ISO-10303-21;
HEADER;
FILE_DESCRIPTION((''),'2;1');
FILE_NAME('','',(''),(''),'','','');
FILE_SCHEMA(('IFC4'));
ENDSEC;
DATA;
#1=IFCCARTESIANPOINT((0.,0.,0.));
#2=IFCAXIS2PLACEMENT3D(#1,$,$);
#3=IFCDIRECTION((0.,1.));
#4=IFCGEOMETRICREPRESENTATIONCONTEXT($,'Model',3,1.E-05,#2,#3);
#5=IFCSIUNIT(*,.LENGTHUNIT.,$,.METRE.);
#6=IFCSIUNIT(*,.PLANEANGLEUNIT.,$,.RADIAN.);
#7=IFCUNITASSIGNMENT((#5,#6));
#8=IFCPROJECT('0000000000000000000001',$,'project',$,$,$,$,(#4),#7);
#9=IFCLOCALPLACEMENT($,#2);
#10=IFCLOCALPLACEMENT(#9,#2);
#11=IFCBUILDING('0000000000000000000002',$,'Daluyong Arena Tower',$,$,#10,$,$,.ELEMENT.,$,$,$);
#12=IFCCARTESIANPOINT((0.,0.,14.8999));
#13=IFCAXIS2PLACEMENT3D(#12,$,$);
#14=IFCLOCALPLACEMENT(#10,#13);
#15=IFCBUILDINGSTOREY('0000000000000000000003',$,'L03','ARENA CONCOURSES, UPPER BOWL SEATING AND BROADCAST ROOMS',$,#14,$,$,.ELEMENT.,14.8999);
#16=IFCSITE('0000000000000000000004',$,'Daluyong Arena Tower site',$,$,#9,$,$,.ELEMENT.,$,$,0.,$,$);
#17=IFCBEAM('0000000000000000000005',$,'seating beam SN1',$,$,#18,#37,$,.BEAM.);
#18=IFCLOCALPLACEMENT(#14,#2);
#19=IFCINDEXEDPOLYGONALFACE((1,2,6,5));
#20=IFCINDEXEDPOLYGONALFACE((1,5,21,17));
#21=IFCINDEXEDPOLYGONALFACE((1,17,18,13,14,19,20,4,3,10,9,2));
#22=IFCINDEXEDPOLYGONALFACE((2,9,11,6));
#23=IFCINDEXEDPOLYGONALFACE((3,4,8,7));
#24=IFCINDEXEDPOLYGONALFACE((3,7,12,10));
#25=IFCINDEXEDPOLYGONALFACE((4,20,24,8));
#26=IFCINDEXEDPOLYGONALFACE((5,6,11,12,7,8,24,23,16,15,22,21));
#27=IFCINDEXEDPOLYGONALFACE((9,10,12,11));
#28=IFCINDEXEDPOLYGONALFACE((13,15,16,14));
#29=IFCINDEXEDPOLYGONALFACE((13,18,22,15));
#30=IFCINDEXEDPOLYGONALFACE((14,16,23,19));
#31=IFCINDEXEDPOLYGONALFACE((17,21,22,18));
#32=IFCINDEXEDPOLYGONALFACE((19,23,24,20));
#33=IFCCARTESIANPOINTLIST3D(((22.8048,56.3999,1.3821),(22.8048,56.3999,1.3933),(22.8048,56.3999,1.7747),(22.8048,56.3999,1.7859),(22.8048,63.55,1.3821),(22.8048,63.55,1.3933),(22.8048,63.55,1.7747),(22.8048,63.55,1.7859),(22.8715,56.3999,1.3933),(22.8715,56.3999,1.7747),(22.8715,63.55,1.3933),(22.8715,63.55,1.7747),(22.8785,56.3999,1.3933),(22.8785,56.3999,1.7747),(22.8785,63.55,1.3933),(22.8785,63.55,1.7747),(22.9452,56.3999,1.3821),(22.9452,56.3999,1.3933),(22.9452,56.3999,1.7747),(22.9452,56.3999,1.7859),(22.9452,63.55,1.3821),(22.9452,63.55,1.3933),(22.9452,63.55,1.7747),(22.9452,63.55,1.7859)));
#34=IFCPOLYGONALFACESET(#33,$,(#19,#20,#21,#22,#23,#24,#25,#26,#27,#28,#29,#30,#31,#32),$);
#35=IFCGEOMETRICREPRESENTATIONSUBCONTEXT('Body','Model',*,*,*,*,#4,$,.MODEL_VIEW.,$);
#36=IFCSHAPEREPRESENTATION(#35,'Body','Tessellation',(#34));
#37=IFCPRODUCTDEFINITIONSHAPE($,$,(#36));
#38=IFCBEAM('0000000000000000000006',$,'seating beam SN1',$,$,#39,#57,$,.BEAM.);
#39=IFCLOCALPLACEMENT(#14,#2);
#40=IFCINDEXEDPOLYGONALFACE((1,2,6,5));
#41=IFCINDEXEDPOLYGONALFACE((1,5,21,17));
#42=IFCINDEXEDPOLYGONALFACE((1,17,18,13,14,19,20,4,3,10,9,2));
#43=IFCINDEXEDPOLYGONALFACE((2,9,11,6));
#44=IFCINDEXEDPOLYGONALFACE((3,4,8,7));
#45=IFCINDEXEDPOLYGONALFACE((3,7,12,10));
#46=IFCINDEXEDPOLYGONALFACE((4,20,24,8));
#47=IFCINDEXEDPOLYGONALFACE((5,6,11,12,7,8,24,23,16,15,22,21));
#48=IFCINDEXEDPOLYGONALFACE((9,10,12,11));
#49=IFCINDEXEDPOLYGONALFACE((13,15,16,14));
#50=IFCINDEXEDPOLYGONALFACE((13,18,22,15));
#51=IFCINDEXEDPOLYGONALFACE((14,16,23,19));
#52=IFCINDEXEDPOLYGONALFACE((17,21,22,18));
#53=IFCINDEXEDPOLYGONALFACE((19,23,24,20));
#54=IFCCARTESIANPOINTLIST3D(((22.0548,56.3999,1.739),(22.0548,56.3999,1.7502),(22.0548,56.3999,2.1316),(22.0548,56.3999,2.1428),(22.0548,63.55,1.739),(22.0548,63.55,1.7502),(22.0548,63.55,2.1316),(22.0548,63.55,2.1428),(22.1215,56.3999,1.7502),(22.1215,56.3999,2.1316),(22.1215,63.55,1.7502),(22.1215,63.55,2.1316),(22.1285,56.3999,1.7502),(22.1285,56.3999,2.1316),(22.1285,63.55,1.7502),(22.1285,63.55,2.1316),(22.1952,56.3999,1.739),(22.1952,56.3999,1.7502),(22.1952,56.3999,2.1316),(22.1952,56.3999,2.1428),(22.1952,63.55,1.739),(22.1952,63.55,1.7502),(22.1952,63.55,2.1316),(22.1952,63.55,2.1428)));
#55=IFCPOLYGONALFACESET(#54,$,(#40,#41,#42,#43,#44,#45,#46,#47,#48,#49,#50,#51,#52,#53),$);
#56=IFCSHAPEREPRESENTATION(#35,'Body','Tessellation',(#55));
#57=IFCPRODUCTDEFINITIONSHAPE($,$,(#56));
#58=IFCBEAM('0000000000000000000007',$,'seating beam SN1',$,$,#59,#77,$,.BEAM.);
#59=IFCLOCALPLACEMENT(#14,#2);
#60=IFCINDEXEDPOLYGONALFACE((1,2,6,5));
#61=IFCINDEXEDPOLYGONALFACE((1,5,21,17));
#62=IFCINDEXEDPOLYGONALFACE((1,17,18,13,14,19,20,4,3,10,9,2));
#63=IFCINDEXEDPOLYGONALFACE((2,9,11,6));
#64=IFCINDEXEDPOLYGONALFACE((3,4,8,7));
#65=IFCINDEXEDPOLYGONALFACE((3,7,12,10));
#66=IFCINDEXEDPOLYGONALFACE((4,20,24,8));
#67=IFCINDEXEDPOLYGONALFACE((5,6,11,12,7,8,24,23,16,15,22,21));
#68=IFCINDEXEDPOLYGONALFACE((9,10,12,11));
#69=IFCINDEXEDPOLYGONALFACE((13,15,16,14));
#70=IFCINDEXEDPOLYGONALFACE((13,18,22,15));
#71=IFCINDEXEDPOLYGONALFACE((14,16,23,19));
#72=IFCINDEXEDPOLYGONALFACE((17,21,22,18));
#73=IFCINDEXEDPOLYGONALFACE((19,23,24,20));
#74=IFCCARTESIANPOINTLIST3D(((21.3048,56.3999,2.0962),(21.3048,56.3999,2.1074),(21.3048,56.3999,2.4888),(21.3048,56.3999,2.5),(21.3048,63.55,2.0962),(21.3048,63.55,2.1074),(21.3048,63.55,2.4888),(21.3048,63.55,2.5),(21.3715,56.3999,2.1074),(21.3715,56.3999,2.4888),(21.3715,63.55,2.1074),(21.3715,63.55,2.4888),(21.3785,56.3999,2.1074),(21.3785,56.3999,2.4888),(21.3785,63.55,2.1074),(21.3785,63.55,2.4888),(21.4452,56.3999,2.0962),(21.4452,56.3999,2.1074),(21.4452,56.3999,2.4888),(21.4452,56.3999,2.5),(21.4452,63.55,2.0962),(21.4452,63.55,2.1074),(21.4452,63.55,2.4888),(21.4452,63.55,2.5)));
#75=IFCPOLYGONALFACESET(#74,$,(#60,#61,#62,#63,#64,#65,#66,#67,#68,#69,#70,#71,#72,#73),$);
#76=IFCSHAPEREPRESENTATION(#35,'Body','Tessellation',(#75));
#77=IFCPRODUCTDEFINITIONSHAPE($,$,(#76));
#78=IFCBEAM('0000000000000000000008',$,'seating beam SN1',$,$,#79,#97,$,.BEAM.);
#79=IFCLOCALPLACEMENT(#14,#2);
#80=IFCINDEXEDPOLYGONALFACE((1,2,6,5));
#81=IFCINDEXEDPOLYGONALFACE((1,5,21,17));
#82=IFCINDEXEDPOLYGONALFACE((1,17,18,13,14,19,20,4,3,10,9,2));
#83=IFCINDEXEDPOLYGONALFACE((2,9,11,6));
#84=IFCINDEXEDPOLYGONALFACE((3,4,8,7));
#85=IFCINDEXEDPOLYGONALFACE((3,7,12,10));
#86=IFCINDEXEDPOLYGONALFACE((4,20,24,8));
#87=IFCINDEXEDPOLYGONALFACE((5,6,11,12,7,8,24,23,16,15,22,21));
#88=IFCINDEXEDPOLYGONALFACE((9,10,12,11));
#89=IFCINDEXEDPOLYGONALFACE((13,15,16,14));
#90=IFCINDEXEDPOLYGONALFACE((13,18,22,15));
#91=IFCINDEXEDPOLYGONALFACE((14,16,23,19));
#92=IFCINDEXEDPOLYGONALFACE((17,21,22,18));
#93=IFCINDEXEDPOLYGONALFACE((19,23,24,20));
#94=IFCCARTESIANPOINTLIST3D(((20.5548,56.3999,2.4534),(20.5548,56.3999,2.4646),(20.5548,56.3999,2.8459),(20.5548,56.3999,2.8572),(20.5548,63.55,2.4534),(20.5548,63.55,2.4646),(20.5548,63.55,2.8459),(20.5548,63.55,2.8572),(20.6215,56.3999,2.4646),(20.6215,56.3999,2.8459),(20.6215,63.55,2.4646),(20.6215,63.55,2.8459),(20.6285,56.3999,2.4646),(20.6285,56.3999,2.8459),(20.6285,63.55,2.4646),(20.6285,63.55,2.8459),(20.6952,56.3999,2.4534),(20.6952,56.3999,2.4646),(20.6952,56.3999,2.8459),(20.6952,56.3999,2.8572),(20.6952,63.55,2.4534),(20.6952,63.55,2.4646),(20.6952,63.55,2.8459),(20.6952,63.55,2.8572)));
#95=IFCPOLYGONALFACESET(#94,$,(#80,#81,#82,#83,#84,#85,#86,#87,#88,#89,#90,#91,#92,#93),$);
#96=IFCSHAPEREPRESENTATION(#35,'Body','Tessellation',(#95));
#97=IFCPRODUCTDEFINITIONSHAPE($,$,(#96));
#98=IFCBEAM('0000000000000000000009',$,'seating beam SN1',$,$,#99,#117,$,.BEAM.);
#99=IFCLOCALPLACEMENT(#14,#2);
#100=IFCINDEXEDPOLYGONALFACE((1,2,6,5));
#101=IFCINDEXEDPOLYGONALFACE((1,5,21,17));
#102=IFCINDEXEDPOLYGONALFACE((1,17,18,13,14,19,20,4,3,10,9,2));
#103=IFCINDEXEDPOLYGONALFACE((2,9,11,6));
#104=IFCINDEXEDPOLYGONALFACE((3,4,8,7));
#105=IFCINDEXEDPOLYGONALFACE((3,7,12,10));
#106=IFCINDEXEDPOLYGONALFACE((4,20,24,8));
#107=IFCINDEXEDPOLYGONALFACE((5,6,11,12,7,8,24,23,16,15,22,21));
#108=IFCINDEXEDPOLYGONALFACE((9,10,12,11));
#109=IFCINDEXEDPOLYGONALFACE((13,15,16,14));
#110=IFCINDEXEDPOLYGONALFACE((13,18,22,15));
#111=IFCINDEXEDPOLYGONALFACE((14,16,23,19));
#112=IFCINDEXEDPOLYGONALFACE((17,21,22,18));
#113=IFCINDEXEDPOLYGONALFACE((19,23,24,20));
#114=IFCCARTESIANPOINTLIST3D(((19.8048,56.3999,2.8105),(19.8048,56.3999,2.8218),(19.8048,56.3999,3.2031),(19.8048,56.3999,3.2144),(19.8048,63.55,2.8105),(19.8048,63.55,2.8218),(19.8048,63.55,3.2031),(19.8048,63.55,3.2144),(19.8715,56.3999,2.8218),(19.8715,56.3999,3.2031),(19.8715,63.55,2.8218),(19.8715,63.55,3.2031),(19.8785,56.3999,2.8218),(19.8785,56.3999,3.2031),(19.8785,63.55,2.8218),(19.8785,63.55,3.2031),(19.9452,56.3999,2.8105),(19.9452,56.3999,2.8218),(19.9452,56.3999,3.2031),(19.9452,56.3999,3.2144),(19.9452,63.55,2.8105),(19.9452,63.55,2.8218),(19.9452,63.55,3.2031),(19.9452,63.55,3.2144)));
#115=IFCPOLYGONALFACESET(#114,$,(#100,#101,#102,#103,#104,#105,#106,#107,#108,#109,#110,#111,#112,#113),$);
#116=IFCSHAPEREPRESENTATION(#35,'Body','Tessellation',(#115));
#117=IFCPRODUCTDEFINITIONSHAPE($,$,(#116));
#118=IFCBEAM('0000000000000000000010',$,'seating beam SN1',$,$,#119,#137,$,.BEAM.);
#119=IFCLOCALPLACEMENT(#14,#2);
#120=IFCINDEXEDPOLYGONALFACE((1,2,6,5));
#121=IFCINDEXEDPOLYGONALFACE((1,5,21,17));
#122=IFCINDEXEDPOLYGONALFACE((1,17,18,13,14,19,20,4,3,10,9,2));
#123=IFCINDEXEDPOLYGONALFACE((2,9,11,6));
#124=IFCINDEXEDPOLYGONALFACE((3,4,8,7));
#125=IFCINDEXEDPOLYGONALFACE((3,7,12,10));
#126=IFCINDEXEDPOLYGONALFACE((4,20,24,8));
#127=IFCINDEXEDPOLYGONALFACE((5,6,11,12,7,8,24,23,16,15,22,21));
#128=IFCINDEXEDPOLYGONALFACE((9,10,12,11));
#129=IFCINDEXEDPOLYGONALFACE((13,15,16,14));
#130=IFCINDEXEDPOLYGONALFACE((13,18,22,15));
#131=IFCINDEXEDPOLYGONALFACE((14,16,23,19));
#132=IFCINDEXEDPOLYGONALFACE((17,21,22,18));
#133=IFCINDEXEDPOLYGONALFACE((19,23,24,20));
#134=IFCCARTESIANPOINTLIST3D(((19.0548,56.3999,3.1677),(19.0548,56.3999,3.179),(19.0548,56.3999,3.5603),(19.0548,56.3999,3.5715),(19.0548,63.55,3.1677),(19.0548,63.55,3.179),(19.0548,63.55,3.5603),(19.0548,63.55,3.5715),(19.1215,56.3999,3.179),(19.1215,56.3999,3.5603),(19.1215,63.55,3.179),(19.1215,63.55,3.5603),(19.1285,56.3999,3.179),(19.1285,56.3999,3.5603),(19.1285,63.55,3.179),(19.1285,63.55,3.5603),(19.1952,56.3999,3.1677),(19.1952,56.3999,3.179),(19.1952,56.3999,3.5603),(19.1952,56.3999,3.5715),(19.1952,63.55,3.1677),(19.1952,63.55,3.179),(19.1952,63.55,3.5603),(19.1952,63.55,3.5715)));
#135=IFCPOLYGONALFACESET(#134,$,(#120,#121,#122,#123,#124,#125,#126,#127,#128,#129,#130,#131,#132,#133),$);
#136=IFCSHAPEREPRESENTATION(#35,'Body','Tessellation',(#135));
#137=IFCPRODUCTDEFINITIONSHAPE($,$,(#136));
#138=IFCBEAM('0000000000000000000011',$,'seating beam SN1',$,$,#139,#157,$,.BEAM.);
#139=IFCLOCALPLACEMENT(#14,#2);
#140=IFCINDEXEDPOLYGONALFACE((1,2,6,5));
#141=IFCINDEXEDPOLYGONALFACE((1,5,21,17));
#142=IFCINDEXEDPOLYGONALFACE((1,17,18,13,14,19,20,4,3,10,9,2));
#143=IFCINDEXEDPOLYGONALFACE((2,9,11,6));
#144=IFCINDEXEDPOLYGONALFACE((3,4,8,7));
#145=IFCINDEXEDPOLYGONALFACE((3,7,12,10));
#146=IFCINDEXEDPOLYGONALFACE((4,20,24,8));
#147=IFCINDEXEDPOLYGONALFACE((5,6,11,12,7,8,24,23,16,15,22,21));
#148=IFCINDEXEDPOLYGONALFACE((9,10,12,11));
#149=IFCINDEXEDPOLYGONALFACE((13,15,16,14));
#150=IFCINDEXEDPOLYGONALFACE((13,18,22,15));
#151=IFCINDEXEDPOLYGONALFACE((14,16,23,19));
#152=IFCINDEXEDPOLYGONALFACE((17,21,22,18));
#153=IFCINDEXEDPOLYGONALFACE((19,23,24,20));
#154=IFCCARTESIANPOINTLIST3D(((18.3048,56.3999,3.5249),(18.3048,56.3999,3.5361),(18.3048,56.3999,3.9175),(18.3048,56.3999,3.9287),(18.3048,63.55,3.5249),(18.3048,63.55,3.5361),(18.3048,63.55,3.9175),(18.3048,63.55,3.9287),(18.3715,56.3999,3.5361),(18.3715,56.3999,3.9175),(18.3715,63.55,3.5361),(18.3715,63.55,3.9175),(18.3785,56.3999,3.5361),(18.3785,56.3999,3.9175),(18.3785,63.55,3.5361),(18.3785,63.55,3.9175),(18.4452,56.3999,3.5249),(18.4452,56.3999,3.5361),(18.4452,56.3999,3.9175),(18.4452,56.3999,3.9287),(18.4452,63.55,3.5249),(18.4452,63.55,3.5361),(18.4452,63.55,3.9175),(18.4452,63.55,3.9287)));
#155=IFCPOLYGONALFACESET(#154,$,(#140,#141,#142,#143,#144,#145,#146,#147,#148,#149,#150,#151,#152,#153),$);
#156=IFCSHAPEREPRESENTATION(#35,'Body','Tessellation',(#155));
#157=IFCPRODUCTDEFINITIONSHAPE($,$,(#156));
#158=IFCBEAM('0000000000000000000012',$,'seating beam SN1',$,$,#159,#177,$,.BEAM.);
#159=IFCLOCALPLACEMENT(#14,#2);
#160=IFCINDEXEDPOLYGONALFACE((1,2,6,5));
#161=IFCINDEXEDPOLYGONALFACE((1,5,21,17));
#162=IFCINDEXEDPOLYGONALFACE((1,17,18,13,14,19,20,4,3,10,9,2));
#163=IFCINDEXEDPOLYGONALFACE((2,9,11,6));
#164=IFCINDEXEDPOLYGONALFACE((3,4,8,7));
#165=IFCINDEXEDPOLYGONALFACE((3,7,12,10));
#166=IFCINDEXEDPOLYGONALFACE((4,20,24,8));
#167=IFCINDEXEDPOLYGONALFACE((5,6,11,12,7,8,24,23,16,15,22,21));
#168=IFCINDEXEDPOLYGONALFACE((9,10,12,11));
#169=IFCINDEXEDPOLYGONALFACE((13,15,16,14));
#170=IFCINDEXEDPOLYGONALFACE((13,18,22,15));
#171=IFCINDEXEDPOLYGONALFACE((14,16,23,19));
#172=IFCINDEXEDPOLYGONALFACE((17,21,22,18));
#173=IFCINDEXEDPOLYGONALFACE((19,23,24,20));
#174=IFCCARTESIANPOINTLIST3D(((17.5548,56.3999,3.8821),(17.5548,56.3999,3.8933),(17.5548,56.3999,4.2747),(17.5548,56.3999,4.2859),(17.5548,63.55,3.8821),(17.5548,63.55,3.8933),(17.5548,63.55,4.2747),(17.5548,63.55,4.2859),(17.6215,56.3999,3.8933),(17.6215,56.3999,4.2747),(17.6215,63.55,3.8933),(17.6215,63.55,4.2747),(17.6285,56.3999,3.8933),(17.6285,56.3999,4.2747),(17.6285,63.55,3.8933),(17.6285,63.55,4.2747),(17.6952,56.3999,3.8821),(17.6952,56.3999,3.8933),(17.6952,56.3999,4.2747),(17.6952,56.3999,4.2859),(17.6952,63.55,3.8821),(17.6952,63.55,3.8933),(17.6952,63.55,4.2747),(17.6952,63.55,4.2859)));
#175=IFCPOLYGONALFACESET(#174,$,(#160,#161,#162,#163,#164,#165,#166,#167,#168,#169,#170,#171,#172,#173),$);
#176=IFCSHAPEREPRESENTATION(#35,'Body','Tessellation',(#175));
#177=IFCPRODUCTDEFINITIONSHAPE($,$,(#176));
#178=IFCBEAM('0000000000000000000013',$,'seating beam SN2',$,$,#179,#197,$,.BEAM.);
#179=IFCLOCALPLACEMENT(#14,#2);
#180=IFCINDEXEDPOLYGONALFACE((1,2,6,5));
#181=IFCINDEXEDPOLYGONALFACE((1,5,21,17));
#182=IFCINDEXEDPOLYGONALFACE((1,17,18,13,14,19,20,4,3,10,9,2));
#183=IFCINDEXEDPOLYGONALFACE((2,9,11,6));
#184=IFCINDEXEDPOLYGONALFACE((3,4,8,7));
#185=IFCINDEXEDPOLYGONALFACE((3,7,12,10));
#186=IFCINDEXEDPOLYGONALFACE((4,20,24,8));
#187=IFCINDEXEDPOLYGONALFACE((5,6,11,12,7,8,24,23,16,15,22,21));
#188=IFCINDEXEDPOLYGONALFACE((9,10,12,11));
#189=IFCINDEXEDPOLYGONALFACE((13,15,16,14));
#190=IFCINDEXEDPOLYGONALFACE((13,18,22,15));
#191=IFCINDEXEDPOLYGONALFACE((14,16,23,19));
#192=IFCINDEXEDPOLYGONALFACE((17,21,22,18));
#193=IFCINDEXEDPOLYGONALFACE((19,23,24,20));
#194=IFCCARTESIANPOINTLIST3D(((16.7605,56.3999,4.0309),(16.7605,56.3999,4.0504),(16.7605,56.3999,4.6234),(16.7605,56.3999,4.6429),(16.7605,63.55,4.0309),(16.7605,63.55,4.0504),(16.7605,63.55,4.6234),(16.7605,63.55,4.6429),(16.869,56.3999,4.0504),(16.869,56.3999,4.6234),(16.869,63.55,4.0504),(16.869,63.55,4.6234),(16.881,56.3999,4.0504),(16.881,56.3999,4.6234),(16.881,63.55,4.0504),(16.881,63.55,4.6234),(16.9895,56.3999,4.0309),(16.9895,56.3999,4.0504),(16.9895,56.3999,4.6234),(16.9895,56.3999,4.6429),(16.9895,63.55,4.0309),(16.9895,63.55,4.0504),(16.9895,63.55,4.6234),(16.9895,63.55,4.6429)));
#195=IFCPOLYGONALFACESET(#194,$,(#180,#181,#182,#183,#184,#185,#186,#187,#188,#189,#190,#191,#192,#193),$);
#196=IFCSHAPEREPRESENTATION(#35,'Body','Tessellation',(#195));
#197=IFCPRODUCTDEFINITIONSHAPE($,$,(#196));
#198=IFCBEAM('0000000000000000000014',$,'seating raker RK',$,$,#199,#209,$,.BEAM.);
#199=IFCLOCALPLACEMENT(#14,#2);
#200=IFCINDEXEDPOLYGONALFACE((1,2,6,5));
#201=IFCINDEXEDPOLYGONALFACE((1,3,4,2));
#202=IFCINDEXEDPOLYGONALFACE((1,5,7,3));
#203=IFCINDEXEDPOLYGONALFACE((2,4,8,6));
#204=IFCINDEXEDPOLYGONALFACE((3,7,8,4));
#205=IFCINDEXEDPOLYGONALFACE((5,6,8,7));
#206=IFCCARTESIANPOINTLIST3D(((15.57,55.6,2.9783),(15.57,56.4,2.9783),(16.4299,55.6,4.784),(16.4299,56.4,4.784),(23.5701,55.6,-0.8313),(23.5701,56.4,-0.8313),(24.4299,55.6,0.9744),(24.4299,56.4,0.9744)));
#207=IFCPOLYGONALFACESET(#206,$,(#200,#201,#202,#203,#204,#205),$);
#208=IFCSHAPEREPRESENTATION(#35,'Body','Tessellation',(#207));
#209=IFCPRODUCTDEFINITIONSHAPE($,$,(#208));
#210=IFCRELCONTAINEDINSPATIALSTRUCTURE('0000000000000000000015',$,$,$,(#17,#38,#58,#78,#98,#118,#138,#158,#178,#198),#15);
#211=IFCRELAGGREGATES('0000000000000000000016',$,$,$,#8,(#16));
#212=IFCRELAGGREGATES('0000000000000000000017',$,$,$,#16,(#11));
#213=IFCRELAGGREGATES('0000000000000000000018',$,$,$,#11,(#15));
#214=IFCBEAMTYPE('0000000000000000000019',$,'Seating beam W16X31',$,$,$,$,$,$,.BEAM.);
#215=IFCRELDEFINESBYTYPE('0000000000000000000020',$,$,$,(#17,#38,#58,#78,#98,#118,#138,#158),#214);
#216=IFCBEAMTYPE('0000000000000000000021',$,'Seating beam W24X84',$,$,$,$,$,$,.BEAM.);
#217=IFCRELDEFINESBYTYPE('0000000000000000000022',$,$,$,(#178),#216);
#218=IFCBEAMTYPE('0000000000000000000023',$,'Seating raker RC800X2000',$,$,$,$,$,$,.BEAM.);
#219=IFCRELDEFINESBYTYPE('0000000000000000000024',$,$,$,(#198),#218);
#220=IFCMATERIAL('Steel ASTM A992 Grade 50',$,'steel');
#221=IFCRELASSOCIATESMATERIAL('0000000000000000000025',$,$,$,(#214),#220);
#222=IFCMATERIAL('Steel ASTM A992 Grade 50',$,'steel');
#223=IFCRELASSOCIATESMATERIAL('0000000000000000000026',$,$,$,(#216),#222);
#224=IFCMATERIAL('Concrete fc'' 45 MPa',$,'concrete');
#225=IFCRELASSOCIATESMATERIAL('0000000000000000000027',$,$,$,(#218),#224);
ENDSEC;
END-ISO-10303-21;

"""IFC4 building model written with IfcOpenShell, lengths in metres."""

from ifc_helpers import new_model, si_unit, direction, frame, origin, origin_2d, place, context, subcontext, project, spatial, rectangle, i_section, extrude, material, material_profile, profile_set, type_object, element, save


model = new_model("IFC4")

# Units and contexts
model_context = context("Model", 3, precision=1e-05, world=origin(), true_north=direction((0.0, 1.0)))
body_context = subcontext(model_context, "Body", "Model", "MODEL_VIEW")
ifc_project = project(units=[si_unit("LENGTHUNIT", "METRE"), si_unit("PLANEANGLEUNIT", "RADIAN")], contexts=[model_context])

# Site, building, storey
site_placement = place(None, origin())
site = spatial("IfcSite", under=ifc_project, at=site_placement, Name="Daluyong Arena Tower site", CompositionType="ELEMENT", RefElevation=0.0)
building_placement = place(site_placement, origin())
building = spatial("IfcBuilding", under=site, at=building_placement, Name="Daluyong Arena Tower", CompositionType="ELEMENT")
storey_placement = place(building_placement, frame((0.0, 0.0, 14.8999)))
storey = spatial("IfcBuildingStorey", under=building, at=storey_placement, Name="L03", Description="ARENA CONCOURSES, UPPER BOWL SEATING AND BROADCAST ROOMS", CompositionType="ELEMENT", Elevation=14.8999)

# Beams
ifc_material_1 = material(Name="Steel ASTM A992 Grade 50", Category="steel")
ifc_material_profile_1 = material_profile(ifc_material_1, i_section(OverallWidth=0.1404, OverallDepth=0.4038, WebThickness=0.0071, FlangeThickness=0.0112, at=origin_2d()))
ifc_profile_set_1 = profile_set([ifc_material_profile_1], Name="Steel ASTM A992 Grade 50")
beam_type_1 = type_object("IfcBeamType", Name="Seating beam W16X31", PredefinedType="BEAM", material=ifc_profile_set_1)
for number, where, z_axis, x_axis, name in (
    (1, (22.875, 56.3999, 1.584), (0.0, 1.0, 0.0), (-1.0, 0.0, 0.0), "seating beam SN1"),
    (2, (22.125, 56.3999, 1.9409), (0.0, 1.0, 0.0), (-1.0, 0.0, 0.0), "seating beam SN1"),
    (3, (21.375, 56.3999, 2.2981), (0.0, 1.0, 0.0), (-1.0, 0.0, 0.0), "seating beam SN1"),
    (4, (20.625, 56.3999, 2.6553), (0.0, 1.0, 0.0), (-1.0, 0.0, 0.0), "seating beam SN1"),
    (5, (19.875, 56.3999, 3.0125), (0.0, 1.0, 0.0), (-1.0, 0.0, 0.0), "seating beam SN1"),
    (6, (19.125, 56.3999, 3.3696), (0.0, 1.0, 0.0), (-1.0, 0.0, 0.0), "seating beam SN1"),
    (7, (18.375, 56.3999, 3.7268), (0.0, 1.0, 0.0), (-1.0, 0.0, 0.0), "seating beam SN1"),
    (8, (17.625, 56.3999, 4.084), (0.0, 1.0, 0.0), (-1.0, 0.0, 0.0), "seating beam SN1"),
):
    element("IfcBeam", number, at=place(storey_placement, frame(where, z_axis=z_axis, x_axis=x_axis)), inside=storey, type_object=beam_type_1, Name=name, PredefinedType="BEAM", context=body_context, shape_type="SweptSolid", body=[
        extrude(i_section(OverallWidth=0.1404, OverallDepth=0.4038, WebThickness=0.0071, FlangeThickness=0.0112, at=origin_2d()), origin(), (0.0, 0.0, 1.0), 7.1501),
    ])
ifc_material_2 = material(Name="Steel ASTM A992 Grade 50", Category="steel")
ifc_material_profile_2 = material_profile(ifc_material_2, i_section(OverallWidth=0.229, OverallDepth=0.6121, WebThickness=0.012, FlangeThickness=0.0195, at=origin_2d()))
ifc_profile_set_2 = profile_set([ifc_material_profile_2], Name="Steel ASTM A992 Grade 50")
beam_type_2 = type_object("IfcBeamType", Name="Seating beam W24X84", PredefinedType="BEAM", material=ifc_profile_set_2)
beam_1_placement = place(storey_placement, frame((16.875, 56.3999, 4.3369), z_axis=(0.0, 1.0, 0.0), x_axis=(-1.0, 0.0, 0.0)))
element("IfcBeam", 9, at=beam_1_placement, inside=storey, type_object=beam_type_2, Name="seating beam SN2", PredefinedType="BEAM", context=body_context, shape_type="SweptSolid", body=[
    extrude(i_section(OverallWidth=0.229, OverallDepth=0.6121, WebThickness=0.012, FlangeThickness=0.0195, at=origin_2d()), origin(), (0.0, 0.0, 1.0), 7.1501),
])
ifc_material_3 = material(Name="Concrete fc' 45 MPa", Category="concrete")
ifc_material_profile_3 = material_profile(ifc_material_3, rectangle(XDim=0.8, YDim=2.0, at=origin_2d()))
ifc_profile_set_3 = profile_set([ifc_material_profile_3], Name="Concrete fc' 45 MPa")
beam_type_3 = type_object("IfcBeamType", Name="Seating raker RC800X2000", PredefinedType="BEAM", material=ifc_profile_set_3)
beam_2_placement = place(storey_placement, frame((24.0, 56.0, 0.0715), z_axis=(-0.902858, 0.0, 0.429938), x_axis=(0.0, -1.0, 0.0)))
element("IfcBeam", 10, at=beam_2_placement, inside=storey, type_object=beam_type_3, Name="seating raker RK", PredefinedType="BEAM", context=body_context, shape_type="SweptSolid", body=[
    extrude(rectangle(XDim=0.8, YDim=2.0, at=origin_2d()), origin(), (0.0, 0.0, 1.0), 8.8608),
])

save(model, "model.ifc")
